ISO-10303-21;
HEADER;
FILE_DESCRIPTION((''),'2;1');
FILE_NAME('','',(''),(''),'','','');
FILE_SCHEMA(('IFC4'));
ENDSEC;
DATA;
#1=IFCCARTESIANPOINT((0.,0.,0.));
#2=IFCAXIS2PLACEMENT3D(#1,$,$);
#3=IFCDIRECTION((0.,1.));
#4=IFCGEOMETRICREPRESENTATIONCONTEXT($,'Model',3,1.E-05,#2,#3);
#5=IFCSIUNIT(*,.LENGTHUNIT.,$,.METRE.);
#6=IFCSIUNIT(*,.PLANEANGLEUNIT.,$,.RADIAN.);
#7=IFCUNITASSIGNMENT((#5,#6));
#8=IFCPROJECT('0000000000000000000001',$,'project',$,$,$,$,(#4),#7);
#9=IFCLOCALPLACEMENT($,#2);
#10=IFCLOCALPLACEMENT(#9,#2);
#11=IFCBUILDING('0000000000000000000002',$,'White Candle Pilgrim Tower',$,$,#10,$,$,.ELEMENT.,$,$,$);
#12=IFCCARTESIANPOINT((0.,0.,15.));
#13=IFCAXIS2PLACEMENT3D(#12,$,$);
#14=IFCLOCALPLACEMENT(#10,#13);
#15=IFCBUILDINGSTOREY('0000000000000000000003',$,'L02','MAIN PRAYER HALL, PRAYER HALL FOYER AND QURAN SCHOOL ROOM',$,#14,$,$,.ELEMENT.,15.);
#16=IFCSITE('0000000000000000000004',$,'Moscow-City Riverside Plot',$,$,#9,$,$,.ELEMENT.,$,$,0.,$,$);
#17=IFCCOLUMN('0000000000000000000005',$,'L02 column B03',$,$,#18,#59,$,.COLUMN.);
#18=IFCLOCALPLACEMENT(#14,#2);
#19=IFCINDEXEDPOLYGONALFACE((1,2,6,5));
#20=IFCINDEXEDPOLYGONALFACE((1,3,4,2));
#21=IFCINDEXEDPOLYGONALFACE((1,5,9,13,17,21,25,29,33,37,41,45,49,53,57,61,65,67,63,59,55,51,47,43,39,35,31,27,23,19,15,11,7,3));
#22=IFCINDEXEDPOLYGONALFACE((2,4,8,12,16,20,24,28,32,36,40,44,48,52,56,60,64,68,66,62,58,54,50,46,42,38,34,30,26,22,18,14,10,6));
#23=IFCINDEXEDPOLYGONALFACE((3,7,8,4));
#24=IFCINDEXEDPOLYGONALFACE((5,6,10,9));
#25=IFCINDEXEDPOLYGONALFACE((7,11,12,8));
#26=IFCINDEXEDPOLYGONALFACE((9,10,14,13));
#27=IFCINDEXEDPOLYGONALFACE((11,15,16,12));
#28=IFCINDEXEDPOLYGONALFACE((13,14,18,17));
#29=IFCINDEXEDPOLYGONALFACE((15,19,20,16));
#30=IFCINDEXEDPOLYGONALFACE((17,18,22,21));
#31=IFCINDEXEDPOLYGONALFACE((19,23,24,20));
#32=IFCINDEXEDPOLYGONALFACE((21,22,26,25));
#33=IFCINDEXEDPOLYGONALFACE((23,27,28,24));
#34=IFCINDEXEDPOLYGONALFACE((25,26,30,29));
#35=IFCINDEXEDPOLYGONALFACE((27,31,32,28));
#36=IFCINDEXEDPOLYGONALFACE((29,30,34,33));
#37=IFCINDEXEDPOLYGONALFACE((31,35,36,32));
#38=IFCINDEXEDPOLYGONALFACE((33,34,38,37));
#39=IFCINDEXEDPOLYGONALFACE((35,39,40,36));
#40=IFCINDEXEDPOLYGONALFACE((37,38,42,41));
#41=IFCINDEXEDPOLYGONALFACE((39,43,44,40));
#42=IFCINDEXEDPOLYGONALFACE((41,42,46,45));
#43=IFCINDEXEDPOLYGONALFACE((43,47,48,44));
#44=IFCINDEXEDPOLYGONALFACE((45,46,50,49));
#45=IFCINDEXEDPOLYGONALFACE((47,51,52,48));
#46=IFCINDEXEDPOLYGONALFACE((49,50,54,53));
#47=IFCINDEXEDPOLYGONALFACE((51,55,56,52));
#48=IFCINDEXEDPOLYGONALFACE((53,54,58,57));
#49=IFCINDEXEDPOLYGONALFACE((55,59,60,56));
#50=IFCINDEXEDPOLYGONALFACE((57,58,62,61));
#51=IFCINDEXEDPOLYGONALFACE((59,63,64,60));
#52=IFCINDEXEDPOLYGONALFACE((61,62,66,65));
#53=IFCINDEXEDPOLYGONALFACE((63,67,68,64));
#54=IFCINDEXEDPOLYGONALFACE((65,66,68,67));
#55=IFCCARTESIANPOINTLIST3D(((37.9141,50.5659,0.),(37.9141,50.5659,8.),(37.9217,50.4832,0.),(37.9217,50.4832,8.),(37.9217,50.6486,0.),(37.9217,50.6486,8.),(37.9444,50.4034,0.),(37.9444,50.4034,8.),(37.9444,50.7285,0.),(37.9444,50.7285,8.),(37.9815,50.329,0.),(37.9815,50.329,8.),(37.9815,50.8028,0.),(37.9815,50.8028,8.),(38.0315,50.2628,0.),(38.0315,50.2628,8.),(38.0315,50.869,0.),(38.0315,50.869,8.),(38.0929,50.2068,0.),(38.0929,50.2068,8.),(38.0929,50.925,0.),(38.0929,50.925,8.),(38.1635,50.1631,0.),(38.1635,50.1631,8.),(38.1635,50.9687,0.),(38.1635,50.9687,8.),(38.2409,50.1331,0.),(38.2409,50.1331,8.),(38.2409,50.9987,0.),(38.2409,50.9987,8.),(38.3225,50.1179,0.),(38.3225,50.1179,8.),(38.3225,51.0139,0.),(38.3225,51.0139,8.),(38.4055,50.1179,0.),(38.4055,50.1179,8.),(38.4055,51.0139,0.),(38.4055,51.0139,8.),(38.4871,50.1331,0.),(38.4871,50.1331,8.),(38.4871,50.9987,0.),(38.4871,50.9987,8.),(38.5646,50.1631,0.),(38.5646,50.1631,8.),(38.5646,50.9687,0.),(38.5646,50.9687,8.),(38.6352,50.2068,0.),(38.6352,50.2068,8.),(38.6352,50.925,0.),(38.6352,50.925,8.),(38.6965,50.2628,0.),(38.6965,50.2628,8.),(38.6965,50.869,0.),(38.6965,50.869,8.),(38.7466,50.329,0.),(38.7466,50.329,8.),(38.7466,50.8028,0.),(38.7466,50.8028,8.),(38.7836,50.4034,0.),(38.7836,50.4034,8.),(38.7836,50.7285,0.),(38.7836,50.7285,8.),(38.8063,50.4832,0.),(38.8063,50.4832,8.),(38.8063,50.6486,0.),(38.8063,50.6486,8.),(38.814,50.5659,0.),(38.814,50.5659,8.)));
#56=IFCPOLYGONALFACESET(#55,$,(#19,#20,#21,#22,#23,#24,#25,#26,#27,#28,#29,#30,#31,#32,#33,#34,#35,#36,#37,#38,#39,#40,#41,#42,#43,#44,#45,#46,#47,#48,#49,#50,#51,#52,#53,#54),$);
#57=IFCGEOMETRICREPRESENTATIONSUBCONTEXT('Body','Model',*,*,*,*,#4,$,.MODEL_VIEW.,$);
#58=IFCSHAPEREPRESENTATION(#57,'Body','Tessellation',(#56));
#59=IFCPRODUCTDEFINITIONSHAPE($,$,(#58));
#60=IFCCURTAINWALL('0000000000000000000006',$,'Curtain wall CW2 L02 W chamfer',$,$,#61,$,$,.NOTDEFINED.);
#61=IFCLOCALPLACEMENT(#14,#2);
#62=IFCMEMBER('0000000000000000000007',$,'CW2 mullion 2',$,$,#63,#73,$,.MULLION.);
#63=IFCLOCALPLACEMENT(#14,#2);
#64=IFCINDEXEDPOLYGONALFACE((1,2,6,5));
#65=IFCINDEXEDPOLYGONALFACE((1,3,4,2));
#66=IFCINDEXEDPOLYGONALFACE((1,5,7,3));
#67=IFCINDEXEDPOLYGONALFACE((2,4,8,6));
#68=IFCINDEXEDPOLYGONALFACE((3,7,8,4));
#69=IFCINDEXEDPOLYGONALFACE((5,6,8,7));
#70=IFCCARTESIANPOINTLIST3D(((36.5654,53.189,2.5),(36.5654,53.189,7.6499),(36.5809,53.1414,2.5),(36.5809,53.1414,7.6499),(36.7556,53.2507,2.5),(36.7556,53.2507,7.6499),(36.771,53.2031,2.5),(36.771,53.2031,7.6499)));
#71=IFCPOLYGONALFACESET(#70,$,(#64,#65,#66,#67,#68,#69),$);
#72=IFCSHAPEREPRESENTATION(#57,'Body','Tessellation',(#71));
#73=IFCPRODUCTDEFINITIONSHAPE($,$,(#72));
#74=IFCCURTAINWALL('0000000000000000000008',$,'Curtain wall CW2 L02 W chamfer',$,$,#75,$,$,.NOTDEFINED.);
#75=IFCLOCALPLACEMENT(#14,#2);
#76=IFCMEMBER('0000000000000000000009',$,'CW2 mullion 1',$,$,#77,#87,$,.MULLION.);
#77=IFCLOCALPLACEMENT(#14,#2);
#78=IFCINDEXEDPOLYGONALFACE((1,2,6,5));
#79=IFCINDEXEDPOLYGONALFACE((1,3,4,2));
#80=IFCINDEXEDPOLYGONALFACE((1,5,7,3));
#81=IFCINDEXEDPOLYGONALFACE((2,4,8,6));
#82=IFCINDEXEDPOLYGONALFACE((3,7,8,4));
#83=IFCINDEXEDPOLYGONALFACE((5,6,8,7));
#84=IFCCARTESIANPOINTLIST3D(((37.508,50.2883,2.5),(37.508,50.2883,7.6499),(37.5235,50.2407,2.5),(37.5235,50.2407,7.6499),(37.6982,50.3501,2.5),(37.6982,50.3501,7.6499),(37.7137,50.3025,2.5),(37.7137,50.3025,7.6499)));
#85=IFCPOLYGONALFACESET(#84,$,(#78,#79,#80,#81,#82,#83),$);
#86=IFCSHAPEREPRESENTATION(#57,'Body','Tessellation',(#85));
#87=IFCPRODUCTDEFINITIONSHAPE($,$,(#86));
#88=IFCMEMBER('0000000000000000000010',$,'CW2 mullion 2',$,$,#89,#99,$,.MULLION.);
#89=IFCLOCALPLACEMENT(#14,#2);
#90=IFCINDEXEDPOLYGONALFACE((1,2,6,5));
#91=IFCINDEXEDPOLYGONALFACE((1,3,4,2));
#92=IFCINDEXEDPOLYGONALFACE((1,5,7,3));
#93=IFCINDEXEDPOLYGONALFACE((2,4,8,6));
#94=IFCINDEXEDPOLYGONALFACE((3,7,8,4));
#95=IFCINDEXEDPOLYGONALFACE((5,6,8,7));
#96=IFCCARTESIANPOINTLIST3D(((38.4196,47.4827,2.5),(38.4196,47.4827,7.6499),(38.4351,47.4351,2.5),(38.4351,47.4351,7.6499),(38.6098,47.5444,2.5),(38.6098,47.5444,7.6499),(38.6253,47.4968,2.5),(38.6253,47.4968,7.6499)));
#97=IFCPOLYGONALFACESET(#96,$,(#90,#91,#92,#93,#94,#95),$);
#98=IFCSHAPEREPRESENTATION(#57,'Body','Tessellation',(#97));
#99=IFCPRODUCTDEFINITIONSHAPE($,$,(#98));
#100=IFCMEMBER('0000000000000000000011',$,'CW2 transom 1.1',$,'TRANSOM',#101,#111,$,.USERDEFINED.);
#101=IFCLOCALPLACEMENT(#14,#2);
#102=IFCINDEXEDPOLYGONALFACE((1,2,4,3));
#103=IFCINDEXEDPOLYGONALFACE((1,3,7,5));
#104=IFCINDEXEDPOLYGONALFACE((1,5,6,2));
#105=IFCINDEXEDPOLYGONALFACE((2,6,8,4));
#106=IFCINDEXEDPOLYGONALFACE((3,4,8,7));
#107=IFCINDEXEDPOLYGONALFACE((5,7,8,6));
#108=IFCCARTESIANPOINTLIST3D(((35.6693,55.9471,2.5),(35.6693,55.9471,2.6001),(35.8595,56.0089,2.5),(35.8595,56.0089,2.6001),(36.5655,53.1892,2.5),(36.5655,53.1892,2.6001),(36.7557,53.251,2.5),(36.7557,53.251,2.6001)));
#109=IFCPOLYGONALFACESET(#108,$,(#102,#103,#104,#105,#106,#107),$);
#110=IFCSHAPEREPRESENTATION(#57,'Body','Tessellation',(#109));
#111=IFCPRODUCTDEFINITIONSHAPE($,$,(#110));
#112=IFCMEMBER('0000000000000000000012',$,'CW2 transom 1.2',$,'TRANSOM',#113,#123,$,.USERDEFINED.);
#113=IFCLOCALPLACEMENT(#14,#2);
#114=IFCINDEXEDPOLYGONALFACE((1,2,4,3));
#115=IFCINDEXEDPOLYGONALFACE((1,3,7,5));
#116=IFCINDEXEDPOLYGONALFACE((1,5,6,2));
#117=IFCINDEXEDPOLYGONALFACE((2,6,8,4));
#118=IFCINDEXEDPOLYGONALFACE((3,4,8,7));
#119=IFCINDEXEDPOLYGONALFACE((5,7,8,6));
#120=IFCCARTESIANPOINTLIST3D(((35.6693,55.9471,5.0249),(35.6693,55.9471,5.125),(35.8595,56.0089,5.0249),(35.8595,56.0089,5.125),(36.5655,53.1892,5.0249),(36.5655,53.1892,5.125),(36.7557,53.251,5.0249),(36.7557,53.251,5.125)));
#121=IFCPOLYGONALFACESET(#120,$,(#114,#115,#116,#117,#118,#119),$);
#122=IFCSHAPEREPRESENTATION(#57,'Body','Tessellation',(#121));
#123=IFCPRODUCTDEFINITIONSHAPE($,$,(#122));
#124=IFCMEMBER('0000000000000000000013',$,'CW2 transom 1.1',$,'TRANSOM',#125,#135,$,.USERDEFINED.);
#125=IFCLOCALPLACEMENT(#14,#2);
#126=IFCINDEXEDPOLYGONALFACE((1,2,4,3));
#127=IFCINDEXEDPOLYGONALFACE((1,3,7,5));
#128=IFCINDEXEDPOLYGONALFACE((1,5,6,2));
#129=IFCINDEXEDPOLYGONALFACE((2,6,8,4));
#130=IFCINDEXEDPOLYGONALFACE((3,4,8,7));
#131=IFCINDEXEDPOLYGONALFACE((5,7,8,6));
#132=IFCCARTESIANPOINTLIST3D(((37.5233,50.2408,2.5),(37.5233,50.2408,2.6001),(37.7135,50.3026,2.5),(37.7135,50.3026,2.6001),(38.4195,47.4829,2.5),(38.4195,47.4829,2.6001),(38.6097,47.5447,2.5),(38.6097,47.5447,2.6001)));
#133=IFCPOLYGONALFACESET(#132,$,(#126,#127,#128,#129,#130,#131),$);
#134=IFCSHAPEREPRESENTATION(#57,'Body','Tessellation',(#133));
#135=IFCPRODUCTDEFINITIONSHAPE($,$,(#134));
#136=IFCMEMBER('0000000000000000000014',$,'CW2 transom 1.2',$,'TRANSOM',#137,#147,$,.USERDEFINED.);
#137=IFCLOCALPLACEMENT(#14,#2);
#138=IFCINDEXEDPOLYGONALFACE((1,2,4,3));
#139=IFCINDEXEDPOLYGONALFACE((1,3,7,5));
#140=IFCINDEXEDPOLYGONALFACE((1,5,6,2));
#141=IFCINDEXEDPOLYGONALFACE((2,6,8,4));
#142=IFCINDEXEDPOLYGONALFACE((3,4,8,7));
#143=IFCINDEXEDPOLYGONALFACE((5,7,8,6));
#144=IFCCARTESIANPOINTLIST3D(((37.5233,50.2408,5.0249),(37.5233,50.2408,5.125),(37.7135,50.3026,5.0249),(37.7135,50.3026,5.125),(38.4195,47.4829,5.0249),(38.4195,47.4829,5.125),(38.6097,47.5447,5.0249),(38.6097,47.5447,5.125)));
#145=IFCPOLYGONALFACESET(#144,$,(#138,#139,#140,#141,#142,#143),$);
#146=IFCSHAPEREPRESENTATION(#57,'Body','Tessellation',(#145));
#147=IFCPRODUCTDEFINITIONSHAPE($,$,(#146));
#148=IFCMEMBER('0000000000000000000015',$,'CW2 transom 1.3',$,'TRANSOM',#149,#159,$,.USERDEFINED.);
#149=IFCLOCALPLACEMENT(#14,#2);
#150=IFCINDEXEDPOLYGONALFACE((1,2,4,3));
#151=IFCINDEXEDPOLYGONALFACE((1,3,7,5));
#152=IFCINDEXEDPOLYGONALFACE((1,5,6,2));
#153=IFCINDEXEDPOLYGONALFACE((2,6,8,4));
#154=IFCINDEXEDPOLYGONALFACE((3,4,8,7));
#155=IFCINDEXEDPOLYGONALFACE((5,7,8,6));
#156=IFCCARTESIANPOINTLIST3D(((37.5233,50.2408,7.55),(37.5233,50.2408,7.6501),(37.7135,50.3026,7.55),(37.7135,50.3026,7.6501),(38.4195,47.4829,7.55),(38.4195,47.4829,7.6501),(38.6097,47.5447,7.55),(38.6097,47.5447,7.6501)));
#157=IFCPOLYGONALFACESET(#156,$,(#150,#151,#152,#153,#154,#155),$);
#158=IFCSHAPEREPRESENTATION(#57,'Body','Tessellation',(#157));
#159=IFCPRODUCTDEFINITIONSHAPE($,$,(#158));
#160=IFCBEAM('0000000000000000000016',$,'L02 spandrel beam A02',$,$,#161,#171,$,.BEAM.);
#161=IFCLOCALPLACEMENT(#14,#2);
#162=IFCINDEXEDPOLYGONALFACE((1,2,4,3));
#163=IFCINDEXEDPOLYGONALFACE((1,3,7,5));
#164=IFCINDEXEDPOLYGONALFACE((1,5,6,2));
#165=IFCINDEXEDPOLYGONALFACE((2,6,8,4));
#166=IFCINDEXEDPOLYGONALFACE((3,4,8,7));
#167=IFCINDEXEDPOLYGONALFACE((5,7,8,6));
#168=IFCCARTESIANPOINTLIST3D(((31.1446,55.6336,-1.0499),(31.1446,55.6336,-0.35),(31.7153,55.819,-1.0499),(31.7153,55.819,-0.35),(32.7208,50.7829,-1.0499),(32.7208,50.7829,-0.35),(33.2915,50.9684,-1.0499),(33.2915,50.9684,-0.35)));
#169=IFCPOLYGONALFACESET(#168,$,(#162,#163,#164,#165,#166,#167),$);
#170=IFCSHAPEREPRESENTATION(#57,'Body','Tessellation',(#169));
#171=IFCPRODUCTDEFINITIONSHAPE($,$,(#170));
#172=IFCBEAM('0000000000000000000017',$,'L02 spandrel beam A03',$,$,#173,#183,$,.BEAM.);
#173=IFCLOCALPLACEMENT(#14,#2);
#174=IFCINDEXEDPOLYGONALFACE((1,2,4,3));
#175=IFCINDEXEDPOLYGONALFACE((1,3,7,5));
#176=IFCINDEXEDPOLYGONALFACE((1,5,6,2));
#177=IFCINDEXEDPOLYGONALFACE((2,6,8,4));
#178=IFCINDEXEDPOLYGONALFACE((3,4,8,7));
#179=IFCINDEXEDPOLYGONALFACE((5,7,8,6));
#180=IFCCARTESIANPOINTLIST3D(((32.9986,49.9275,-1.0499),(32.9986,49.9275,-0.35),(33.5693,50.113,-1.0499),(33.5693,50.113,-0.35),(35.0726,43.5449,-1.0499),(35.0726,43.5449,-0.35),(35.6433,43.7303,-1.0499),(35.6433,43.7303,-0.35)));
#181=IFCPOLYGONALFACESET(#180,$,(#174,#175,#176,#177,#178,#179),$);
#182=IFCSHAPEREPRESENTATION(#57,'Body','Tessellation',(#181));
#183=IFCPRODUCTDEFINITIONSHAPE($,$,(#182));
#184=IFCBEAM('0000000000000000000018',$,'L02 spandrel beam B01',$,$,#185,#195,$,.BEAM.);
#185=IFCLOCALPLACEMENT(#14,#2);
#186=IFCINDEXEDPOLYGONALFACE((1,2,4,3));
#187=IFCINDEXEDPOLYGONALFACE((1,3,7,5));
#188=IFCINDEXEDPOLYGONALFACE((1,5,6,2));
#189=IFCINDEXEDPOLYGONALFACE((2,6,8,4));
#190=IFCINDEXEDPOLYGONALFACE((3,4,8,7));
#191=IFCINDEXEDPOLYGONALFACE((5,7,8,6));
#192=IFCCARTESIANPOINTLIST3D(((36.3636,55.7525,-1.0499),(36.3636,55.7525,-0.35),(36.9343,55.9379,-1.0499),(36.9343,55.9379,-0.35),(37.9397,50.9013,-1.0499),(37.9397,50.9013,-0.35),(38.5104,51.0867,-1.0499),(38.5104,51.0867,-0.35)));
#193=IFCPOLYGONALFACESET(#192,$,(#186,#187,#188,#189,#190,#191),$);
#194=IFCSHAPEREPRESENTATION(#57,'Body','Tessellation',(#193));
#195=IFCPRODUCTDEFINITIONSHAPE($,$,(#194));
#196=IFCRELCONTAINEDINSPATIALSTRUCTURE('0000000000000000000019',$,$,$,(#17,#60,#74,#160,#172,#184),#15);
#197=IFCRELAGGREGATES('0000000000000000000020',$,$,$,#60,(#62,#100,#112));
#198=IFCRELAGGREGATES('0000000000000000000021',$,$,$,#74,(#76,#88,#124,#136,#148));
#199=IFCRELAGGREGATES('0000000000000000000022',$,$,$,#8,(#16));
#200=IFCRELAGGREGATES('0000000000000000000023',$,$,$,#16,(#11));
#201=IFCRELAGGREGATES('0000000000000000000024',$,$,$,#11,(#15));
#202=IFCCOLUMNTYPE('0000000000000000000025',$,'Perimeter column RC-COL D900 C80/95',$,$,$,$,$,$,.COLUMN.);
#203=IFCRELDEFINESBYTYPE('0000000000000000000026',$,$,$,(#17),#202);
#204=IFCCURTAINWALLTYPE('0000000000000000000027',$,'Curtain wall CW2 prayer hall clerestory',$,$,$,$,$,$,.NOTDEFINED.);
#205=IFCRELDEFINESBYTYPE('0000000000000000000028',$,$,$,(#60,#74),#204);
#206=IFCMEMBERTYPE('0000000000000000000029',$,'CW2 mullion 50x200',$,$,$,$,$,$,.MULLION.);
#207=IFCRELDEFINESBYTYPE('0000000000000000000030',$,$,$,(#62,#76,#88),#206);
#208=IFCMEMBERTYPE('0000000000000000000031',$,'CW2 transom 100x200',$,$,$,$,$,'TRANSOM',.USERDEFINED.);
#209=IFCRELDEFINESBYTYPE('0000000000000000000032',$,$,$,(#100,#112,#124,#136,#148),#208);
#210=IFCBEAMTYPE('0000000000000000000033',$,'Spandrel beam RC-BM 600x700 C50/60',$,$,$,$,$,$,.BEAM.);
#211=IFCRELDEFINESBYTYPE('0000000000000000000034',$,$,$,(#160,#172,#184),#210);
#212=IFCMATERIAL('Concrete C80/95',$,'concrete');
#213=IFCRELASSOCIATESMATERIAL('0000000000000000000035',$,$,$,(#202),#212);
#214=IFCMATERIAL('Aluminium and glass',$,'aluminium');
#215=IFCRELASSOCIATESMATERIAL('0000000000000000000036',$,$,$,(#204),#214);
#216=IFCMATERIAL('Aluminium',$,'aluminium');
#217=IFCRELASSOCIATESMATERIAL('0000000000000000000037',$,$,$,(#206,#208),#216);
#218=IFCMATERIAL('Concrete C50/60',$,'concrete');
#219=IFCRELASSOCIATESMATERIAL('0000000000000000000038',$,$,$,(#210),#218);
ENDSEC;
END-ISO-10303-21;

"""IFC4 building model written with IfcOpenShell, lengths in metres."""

from ifc_helpers import new_model, si_unit, direction, frame, origin, origin_2d, place, context, subcontext, project, spatial, rectangle, circle, extrude, material, material_profile, profile_set, type_object, element, aggregate, save


model = new_model("IFC4")

# Units and contexts
model_context = context("Model", 3, precision=1e-05, world=origin(), true_north=direction((0.0, 1.0)))
body_context = subcontext(model_context, "Body", "Model", "MODEL_VIEW")
ifc_project = project(units=[si_unit("LENGTHUNIT", "METRE"), si_unit("PLANEANGLEUNIT", "RADIAN")], contexts=[model_context])

# Site, building, storey
site_placement = place(None, origin())
site = spatial("IfcSite", under=ifc_project, at=site_placement, Name="Moscow-City Riverside Plot", CompositionType="ELEMENT", RefElevation=0.0)
building_placement = place(site_placement, origin())
building = spatial("IfcBuilding", under=site, at=building_placement, Name="White Candle Pilgrim Tower", CompositionType="ELEMENT")
storey_placement = place(building_placement, frame((0.0, 0.0, 15.0)))
storey = spatial("IfcBuildingStorey", under=building, at=storey_placement, Name="L02", Description="MAIN PRAYER HALL, PRAYER HALL FOYER AND QURAN SCHOOL ROOM", CompositionType="ELEMENT", Elevation=15.0)

# Column
ifc_material_1 = material(Name="Concrete C80/95", Category="concrete")
ifc_material_profile_1 = material_profile(ifc_material_1, circle(Radius=0.45, at=origin_2d()), Name="RC-COL D900")
ifc_profile_set_1 = profile_set([ifc_material_profile_1], Name="Concrete C80/95")
column_type = type_object("IfcColumnType", Name="Perimeter column RC-COL D900 C80/95", PredefinedType="COLUMN", material=ifc_profile_set_1)
column_placement = place(storey_placement, frame((38.364, 50.5659, 0.0), z_axis=(0.0, 0.0, 1.0), x_axis=(1.0, 0.0, 0.0)))
element("IfcColumn", 1, at=column_placement, inside=storey, type_object=column_type, Name="L02 column B03", PredefinedType="COLUMN", context=body_context, shape_type="SweptSolid", body=[
    extrude(circle(Radius=0.45, at=origin_2d()), origin(), (0.0, 0.0, 1.0), 8.0),
])

# Curtain wall, member
ifc_material_2 = material(Name="Aluminium and glass", Category="aluminium")
curtain_wall_type = type_object("IfcCurtainWallType", Name="Curtain wall CW2 prayer hall clerestory", PredefinedType="NOTDEFINED", material=ifc_material_2)
curtain_wall_1_placement = place(storey_placement, origin())
curtain_wall_1 = element("IfcCurtainWall", 2, at=curtain_wall_1_placement, inside=storey, type_object=curtain_wall_type, Name="Curtain wall CW2 L02 W chamfer", PredefinedType="NOTDEFINED")
ifc_material_3 = material(Name="Aluminium", Category="aluminium")
ifc_material_profile_2 = material_profile(ifc_material_3, rectangle(XDim=0.2, YDim=0.05, at=origin_2d()), Name="CW2 mullion 50x200")
ifc_profile_set_2 = profile_set([ifc_material_profile_2], Name="Aluminium")
member_type_1 = type_object("IfcMemberType", Name="CW2 mullion 50x200", PredefinedType="MULLION", material=ifc_profile_set_2)
member_1_placement = place(storey_placement, frame((36.6682, 53.196, 2.5), z_axis=(0.0, 0.0, 1.0), x_axis=(0.951057, 0.309017, 0.0)))
member_1 = element("IfcMember", 3, at=member_1_placement, type_object=member_type_1, Name="CW2 mullion 2", PredefinedType="MULLION", context=body_context, shape_type="SweptSolid", body=[
    extrude(rectangle(XDim=0.2, YDim=0.05, at=origin_2d()), origin(), (0.0, 0.0, 1.0), 5.1499),
])

# Curtain wall, members
curtain_wall_2_placement = place(storey_placement, origin())
curtain_wall_2 = element("IfcCurtainWall", 4, at=curtain_wall_2_placement, inside=storey, type_object=curtain_wall_type, Name="Curtain wall CW2 L02 W chamfer", PredefinedType="NOTDEFINED")
member_2_placement = place(storey_placement, frame((37.6108, 50.2954, 2.5), z_axis=(0.0, 0.0, 1.0), x_axis=(0.951057, 0.309017, 0.0)))
member_2 = element("IfcMember", 5, at=member_2_placement, type_object=member_type_1, Name="CW2 mullion 1", PredefinedType="MULLION", context=body_context, shape_type="SweptSolid", body=[
    extrude(rectangle(XDim=0.2, YDim=0.05, at=origin_2d()), origin(), (0.0, 0.0, 1.0), 5.1499),
])
member_3_placement = place(storey_placement, frame((38.5225, 47.4897, 2.5), z_axis=(0.0, 0.0, 1.0), x_axis=(0.951057, 0.309017, 0.0)))
member_3 = element("IfcMember", 6, at=member_3_placement, type_object=member_type_1, Name="CW2 mullion 2", PredefinedType="MULLION", context=body_context, shape_type="SweptSolid", body=[
    extrude(rectangle(XDim=0.2, YDim=0.05, at=origin_2d()), origin(), (0.0, 0.0, 1.0), 5.1499),
])

# Members
ifc_material_profile_3 = material_profile(ifc_material_3, rectangle(XDim=0.2, YDim=0.1001, at=origin_2d()), Name="CW2 transom 100x200")
ifc_profile_set_3 = profile_set([ifc_material_profile_3], Name="Aluminium")
member_type_2 = type_object("IfcMemberType", Name="CW2 transom 100x200", ElementType="TRANSOM", PredefinedType="USERDEFINED", material=ifc_profile_set_3)
member_4_placement = place(storey_placement, frame((35.7644, 55.978, 2.55), z_axis=(0.309046, -0.951047, 0.0), x_axis=(0.951047, 0.309046, 0.0)))
member_4 = element("IfcMember", 7, at=member_4_placement, type_object=member_type_2, Name="CW2 transom 1.1", ObjectType="TRANSOM", PredefinedType="USERDEFINED", context=body_context, shape_type="SweptSolid", body=[
    extrude(rectangle(XDim=0.2, YDim=0.1001, at=origin_2d()), origin(), (0.0, 0.0, 1.0), 2.8999),
])
member_5_placement = place(storey_placement, frame((35.7644, 55.978, 5.075), z_axis=(0.309046, -0.951047, 0.0), x_axis=(0.951047, 0.309046, 0.0)))
member_5 = element("IfcMember", 8, at=member_5_placement, type_object=member_type_2, Name="CW2 transom 1.2", ObjectType="TRANSOM", PredefinedType="USERDEFINED", context=body_context, shape_type="SweptSolid", body=[
    extrude(rectangle(XDim=0.2, YDim=0.1001, at=origin_2d()), origin(), (0.0, 0.0, 1.0), 2.8999),
])
member_6_placement = place(storey_placement, frame((37.6184, 50.2717, 2.55), z_axis=(0.309046, -0.951047, 0.0), x_axis=(0.951047, 0.309046, 0.0)))
member_6 = element("IfcMember", 9, at=member_6_placement, type_object=member_type_2, Name="CW2 transom 1.1", ObjectType="TRANSOM", PredefinedType="USERDEFINED", context=body_context, shape_type="SweptSolid", body=[
    extrude(rectangle(XDim=0.2, YDim=0.1001, at=origin_2d()), origin(), (0.0, 0.0, 1.0), 2.8999),
])
member_7_placement = place(storey_placement, frame((37.6184, 50.2717, 5.075), z_axis=(0.309046, -0.951047, 0.0), x_axis=(0.951047, 0.309046, 0.0)))
member_7 = element("IfcMember", 10, at=member_7_placement, type_object=member_type_2, Name="CW2 transom 1.2", ObjectType="TRANSOM", PredefinedType="USERDEFINED", context=body_context, shape_type="SweptSolid", body=[
    extrude(rectangle(XDim=0.2, YDim=0.1001, at=origin_2d()), origin(), (0.0, 0.0, 1.0), 2.8999),
])
member_8_placement = place(storey_placement, frame((37.6184, 50.2717, 7.6001), z_axis=(0.309046, -0.951047, 0.0), x_axis=(0.951047, 0.309046, 0.0)))
member_8 = element("IfcMember", 11, at=member_8_placement, type_object=member_type_2, Name="CW2 transom 1.3", ObjectType="TRANSOM", PredefinedType="USERDEFINED", context=body_context, shape_type="SweptSolid", body=[
    extrude(rectangle(XDim=0.2, YDim=0.1001, at=origin_2d()), origin(), (0.0, 0.0, 1.0), 2.8999),
])

# Beams
ifc_material_4 = material(Name="Concrete C50/60", Category="concrete")
ifc_material_profile_4 = material_profile(ifc_material_4, rectangle(XDim=0.6001, YDim=0.7, at=origin_2d()), Name="RC-BM 600x700")
ifc_profile_set_4 = profile_set([ifc_material_profile_4], Name="Concrete C50/60")
beam_type = type_object("IfcBeamType", Name="Spandrel beam RC-BM 600x700 C50/60", PredefinedType="BEAM", material=ifc_profile_set_4)
beam_1_placement = place(storey_placement, frame((31.4299, 55.7263, -0.7), z_axis=(0.309038, -0.95105, 0.0), x_axis=(0.95105, 0.309038, 0.0)))
element("IfcBeam", 12, at=beam_1_placement, inside=storey, type_object=beam_type, Name="L02 spandrel beam A02", PredefinedType="BEAM", context=body_context, shape_type="SweptSolid", body=[
    extrude(rectangle(XDim=0.6001, YDim=0.7, at=origin_2d()), origin(), (0.0, 0.0, 1.0), 5.1003),
])
beam_2_placement = place(storey_placement, frame((33.2839, 50.0203, -0.7), z_axis=(0.309038, -0.95105, 0.0), x_axis=(0.95105, 0.309038, 0.0)))
element("IfcBeam", 13, at=beam_2_placement, inside=storey, type_object=beam_type, Name="L02 spandrel beam A03", PredefinedType="BEAM", context=body_context, shape_type="SweptSolid", body=[
    extrude(rectangle(XDim=0.6001, YDim=0.7, at=origin_2d()), origin(), (0.0, 0.0, 1.0), 6.7112),
])
beam_3_placement = place(storey_placement, frame((36.6489, 55.8452, -0.7), z_axis=(0.308996, -0.951063, 0.0), x_axis=(0.951063, 0.308996, 0.0)))
element("IfcBeam", 14, at=beam_3_placement, inside=storey, type_object=beam_type, Name="L02 spandrel beam B01", PredefinedType="BEAM", context=body_context, shape_type="SweptSolid", body=[
    extrude(rectangle(XDim=0.6001, YDim=0.7, at=origin_2d()), origin(), (0.0, 0.0, 1.0), 5.1008),
])

aggregate(curtain_wall_1, [member_1, member_4, member_5])
aggregate(curtain_wall_2, [member_2, member_3, member_6, member_7, member_8])

save(model, "model.ifc")
